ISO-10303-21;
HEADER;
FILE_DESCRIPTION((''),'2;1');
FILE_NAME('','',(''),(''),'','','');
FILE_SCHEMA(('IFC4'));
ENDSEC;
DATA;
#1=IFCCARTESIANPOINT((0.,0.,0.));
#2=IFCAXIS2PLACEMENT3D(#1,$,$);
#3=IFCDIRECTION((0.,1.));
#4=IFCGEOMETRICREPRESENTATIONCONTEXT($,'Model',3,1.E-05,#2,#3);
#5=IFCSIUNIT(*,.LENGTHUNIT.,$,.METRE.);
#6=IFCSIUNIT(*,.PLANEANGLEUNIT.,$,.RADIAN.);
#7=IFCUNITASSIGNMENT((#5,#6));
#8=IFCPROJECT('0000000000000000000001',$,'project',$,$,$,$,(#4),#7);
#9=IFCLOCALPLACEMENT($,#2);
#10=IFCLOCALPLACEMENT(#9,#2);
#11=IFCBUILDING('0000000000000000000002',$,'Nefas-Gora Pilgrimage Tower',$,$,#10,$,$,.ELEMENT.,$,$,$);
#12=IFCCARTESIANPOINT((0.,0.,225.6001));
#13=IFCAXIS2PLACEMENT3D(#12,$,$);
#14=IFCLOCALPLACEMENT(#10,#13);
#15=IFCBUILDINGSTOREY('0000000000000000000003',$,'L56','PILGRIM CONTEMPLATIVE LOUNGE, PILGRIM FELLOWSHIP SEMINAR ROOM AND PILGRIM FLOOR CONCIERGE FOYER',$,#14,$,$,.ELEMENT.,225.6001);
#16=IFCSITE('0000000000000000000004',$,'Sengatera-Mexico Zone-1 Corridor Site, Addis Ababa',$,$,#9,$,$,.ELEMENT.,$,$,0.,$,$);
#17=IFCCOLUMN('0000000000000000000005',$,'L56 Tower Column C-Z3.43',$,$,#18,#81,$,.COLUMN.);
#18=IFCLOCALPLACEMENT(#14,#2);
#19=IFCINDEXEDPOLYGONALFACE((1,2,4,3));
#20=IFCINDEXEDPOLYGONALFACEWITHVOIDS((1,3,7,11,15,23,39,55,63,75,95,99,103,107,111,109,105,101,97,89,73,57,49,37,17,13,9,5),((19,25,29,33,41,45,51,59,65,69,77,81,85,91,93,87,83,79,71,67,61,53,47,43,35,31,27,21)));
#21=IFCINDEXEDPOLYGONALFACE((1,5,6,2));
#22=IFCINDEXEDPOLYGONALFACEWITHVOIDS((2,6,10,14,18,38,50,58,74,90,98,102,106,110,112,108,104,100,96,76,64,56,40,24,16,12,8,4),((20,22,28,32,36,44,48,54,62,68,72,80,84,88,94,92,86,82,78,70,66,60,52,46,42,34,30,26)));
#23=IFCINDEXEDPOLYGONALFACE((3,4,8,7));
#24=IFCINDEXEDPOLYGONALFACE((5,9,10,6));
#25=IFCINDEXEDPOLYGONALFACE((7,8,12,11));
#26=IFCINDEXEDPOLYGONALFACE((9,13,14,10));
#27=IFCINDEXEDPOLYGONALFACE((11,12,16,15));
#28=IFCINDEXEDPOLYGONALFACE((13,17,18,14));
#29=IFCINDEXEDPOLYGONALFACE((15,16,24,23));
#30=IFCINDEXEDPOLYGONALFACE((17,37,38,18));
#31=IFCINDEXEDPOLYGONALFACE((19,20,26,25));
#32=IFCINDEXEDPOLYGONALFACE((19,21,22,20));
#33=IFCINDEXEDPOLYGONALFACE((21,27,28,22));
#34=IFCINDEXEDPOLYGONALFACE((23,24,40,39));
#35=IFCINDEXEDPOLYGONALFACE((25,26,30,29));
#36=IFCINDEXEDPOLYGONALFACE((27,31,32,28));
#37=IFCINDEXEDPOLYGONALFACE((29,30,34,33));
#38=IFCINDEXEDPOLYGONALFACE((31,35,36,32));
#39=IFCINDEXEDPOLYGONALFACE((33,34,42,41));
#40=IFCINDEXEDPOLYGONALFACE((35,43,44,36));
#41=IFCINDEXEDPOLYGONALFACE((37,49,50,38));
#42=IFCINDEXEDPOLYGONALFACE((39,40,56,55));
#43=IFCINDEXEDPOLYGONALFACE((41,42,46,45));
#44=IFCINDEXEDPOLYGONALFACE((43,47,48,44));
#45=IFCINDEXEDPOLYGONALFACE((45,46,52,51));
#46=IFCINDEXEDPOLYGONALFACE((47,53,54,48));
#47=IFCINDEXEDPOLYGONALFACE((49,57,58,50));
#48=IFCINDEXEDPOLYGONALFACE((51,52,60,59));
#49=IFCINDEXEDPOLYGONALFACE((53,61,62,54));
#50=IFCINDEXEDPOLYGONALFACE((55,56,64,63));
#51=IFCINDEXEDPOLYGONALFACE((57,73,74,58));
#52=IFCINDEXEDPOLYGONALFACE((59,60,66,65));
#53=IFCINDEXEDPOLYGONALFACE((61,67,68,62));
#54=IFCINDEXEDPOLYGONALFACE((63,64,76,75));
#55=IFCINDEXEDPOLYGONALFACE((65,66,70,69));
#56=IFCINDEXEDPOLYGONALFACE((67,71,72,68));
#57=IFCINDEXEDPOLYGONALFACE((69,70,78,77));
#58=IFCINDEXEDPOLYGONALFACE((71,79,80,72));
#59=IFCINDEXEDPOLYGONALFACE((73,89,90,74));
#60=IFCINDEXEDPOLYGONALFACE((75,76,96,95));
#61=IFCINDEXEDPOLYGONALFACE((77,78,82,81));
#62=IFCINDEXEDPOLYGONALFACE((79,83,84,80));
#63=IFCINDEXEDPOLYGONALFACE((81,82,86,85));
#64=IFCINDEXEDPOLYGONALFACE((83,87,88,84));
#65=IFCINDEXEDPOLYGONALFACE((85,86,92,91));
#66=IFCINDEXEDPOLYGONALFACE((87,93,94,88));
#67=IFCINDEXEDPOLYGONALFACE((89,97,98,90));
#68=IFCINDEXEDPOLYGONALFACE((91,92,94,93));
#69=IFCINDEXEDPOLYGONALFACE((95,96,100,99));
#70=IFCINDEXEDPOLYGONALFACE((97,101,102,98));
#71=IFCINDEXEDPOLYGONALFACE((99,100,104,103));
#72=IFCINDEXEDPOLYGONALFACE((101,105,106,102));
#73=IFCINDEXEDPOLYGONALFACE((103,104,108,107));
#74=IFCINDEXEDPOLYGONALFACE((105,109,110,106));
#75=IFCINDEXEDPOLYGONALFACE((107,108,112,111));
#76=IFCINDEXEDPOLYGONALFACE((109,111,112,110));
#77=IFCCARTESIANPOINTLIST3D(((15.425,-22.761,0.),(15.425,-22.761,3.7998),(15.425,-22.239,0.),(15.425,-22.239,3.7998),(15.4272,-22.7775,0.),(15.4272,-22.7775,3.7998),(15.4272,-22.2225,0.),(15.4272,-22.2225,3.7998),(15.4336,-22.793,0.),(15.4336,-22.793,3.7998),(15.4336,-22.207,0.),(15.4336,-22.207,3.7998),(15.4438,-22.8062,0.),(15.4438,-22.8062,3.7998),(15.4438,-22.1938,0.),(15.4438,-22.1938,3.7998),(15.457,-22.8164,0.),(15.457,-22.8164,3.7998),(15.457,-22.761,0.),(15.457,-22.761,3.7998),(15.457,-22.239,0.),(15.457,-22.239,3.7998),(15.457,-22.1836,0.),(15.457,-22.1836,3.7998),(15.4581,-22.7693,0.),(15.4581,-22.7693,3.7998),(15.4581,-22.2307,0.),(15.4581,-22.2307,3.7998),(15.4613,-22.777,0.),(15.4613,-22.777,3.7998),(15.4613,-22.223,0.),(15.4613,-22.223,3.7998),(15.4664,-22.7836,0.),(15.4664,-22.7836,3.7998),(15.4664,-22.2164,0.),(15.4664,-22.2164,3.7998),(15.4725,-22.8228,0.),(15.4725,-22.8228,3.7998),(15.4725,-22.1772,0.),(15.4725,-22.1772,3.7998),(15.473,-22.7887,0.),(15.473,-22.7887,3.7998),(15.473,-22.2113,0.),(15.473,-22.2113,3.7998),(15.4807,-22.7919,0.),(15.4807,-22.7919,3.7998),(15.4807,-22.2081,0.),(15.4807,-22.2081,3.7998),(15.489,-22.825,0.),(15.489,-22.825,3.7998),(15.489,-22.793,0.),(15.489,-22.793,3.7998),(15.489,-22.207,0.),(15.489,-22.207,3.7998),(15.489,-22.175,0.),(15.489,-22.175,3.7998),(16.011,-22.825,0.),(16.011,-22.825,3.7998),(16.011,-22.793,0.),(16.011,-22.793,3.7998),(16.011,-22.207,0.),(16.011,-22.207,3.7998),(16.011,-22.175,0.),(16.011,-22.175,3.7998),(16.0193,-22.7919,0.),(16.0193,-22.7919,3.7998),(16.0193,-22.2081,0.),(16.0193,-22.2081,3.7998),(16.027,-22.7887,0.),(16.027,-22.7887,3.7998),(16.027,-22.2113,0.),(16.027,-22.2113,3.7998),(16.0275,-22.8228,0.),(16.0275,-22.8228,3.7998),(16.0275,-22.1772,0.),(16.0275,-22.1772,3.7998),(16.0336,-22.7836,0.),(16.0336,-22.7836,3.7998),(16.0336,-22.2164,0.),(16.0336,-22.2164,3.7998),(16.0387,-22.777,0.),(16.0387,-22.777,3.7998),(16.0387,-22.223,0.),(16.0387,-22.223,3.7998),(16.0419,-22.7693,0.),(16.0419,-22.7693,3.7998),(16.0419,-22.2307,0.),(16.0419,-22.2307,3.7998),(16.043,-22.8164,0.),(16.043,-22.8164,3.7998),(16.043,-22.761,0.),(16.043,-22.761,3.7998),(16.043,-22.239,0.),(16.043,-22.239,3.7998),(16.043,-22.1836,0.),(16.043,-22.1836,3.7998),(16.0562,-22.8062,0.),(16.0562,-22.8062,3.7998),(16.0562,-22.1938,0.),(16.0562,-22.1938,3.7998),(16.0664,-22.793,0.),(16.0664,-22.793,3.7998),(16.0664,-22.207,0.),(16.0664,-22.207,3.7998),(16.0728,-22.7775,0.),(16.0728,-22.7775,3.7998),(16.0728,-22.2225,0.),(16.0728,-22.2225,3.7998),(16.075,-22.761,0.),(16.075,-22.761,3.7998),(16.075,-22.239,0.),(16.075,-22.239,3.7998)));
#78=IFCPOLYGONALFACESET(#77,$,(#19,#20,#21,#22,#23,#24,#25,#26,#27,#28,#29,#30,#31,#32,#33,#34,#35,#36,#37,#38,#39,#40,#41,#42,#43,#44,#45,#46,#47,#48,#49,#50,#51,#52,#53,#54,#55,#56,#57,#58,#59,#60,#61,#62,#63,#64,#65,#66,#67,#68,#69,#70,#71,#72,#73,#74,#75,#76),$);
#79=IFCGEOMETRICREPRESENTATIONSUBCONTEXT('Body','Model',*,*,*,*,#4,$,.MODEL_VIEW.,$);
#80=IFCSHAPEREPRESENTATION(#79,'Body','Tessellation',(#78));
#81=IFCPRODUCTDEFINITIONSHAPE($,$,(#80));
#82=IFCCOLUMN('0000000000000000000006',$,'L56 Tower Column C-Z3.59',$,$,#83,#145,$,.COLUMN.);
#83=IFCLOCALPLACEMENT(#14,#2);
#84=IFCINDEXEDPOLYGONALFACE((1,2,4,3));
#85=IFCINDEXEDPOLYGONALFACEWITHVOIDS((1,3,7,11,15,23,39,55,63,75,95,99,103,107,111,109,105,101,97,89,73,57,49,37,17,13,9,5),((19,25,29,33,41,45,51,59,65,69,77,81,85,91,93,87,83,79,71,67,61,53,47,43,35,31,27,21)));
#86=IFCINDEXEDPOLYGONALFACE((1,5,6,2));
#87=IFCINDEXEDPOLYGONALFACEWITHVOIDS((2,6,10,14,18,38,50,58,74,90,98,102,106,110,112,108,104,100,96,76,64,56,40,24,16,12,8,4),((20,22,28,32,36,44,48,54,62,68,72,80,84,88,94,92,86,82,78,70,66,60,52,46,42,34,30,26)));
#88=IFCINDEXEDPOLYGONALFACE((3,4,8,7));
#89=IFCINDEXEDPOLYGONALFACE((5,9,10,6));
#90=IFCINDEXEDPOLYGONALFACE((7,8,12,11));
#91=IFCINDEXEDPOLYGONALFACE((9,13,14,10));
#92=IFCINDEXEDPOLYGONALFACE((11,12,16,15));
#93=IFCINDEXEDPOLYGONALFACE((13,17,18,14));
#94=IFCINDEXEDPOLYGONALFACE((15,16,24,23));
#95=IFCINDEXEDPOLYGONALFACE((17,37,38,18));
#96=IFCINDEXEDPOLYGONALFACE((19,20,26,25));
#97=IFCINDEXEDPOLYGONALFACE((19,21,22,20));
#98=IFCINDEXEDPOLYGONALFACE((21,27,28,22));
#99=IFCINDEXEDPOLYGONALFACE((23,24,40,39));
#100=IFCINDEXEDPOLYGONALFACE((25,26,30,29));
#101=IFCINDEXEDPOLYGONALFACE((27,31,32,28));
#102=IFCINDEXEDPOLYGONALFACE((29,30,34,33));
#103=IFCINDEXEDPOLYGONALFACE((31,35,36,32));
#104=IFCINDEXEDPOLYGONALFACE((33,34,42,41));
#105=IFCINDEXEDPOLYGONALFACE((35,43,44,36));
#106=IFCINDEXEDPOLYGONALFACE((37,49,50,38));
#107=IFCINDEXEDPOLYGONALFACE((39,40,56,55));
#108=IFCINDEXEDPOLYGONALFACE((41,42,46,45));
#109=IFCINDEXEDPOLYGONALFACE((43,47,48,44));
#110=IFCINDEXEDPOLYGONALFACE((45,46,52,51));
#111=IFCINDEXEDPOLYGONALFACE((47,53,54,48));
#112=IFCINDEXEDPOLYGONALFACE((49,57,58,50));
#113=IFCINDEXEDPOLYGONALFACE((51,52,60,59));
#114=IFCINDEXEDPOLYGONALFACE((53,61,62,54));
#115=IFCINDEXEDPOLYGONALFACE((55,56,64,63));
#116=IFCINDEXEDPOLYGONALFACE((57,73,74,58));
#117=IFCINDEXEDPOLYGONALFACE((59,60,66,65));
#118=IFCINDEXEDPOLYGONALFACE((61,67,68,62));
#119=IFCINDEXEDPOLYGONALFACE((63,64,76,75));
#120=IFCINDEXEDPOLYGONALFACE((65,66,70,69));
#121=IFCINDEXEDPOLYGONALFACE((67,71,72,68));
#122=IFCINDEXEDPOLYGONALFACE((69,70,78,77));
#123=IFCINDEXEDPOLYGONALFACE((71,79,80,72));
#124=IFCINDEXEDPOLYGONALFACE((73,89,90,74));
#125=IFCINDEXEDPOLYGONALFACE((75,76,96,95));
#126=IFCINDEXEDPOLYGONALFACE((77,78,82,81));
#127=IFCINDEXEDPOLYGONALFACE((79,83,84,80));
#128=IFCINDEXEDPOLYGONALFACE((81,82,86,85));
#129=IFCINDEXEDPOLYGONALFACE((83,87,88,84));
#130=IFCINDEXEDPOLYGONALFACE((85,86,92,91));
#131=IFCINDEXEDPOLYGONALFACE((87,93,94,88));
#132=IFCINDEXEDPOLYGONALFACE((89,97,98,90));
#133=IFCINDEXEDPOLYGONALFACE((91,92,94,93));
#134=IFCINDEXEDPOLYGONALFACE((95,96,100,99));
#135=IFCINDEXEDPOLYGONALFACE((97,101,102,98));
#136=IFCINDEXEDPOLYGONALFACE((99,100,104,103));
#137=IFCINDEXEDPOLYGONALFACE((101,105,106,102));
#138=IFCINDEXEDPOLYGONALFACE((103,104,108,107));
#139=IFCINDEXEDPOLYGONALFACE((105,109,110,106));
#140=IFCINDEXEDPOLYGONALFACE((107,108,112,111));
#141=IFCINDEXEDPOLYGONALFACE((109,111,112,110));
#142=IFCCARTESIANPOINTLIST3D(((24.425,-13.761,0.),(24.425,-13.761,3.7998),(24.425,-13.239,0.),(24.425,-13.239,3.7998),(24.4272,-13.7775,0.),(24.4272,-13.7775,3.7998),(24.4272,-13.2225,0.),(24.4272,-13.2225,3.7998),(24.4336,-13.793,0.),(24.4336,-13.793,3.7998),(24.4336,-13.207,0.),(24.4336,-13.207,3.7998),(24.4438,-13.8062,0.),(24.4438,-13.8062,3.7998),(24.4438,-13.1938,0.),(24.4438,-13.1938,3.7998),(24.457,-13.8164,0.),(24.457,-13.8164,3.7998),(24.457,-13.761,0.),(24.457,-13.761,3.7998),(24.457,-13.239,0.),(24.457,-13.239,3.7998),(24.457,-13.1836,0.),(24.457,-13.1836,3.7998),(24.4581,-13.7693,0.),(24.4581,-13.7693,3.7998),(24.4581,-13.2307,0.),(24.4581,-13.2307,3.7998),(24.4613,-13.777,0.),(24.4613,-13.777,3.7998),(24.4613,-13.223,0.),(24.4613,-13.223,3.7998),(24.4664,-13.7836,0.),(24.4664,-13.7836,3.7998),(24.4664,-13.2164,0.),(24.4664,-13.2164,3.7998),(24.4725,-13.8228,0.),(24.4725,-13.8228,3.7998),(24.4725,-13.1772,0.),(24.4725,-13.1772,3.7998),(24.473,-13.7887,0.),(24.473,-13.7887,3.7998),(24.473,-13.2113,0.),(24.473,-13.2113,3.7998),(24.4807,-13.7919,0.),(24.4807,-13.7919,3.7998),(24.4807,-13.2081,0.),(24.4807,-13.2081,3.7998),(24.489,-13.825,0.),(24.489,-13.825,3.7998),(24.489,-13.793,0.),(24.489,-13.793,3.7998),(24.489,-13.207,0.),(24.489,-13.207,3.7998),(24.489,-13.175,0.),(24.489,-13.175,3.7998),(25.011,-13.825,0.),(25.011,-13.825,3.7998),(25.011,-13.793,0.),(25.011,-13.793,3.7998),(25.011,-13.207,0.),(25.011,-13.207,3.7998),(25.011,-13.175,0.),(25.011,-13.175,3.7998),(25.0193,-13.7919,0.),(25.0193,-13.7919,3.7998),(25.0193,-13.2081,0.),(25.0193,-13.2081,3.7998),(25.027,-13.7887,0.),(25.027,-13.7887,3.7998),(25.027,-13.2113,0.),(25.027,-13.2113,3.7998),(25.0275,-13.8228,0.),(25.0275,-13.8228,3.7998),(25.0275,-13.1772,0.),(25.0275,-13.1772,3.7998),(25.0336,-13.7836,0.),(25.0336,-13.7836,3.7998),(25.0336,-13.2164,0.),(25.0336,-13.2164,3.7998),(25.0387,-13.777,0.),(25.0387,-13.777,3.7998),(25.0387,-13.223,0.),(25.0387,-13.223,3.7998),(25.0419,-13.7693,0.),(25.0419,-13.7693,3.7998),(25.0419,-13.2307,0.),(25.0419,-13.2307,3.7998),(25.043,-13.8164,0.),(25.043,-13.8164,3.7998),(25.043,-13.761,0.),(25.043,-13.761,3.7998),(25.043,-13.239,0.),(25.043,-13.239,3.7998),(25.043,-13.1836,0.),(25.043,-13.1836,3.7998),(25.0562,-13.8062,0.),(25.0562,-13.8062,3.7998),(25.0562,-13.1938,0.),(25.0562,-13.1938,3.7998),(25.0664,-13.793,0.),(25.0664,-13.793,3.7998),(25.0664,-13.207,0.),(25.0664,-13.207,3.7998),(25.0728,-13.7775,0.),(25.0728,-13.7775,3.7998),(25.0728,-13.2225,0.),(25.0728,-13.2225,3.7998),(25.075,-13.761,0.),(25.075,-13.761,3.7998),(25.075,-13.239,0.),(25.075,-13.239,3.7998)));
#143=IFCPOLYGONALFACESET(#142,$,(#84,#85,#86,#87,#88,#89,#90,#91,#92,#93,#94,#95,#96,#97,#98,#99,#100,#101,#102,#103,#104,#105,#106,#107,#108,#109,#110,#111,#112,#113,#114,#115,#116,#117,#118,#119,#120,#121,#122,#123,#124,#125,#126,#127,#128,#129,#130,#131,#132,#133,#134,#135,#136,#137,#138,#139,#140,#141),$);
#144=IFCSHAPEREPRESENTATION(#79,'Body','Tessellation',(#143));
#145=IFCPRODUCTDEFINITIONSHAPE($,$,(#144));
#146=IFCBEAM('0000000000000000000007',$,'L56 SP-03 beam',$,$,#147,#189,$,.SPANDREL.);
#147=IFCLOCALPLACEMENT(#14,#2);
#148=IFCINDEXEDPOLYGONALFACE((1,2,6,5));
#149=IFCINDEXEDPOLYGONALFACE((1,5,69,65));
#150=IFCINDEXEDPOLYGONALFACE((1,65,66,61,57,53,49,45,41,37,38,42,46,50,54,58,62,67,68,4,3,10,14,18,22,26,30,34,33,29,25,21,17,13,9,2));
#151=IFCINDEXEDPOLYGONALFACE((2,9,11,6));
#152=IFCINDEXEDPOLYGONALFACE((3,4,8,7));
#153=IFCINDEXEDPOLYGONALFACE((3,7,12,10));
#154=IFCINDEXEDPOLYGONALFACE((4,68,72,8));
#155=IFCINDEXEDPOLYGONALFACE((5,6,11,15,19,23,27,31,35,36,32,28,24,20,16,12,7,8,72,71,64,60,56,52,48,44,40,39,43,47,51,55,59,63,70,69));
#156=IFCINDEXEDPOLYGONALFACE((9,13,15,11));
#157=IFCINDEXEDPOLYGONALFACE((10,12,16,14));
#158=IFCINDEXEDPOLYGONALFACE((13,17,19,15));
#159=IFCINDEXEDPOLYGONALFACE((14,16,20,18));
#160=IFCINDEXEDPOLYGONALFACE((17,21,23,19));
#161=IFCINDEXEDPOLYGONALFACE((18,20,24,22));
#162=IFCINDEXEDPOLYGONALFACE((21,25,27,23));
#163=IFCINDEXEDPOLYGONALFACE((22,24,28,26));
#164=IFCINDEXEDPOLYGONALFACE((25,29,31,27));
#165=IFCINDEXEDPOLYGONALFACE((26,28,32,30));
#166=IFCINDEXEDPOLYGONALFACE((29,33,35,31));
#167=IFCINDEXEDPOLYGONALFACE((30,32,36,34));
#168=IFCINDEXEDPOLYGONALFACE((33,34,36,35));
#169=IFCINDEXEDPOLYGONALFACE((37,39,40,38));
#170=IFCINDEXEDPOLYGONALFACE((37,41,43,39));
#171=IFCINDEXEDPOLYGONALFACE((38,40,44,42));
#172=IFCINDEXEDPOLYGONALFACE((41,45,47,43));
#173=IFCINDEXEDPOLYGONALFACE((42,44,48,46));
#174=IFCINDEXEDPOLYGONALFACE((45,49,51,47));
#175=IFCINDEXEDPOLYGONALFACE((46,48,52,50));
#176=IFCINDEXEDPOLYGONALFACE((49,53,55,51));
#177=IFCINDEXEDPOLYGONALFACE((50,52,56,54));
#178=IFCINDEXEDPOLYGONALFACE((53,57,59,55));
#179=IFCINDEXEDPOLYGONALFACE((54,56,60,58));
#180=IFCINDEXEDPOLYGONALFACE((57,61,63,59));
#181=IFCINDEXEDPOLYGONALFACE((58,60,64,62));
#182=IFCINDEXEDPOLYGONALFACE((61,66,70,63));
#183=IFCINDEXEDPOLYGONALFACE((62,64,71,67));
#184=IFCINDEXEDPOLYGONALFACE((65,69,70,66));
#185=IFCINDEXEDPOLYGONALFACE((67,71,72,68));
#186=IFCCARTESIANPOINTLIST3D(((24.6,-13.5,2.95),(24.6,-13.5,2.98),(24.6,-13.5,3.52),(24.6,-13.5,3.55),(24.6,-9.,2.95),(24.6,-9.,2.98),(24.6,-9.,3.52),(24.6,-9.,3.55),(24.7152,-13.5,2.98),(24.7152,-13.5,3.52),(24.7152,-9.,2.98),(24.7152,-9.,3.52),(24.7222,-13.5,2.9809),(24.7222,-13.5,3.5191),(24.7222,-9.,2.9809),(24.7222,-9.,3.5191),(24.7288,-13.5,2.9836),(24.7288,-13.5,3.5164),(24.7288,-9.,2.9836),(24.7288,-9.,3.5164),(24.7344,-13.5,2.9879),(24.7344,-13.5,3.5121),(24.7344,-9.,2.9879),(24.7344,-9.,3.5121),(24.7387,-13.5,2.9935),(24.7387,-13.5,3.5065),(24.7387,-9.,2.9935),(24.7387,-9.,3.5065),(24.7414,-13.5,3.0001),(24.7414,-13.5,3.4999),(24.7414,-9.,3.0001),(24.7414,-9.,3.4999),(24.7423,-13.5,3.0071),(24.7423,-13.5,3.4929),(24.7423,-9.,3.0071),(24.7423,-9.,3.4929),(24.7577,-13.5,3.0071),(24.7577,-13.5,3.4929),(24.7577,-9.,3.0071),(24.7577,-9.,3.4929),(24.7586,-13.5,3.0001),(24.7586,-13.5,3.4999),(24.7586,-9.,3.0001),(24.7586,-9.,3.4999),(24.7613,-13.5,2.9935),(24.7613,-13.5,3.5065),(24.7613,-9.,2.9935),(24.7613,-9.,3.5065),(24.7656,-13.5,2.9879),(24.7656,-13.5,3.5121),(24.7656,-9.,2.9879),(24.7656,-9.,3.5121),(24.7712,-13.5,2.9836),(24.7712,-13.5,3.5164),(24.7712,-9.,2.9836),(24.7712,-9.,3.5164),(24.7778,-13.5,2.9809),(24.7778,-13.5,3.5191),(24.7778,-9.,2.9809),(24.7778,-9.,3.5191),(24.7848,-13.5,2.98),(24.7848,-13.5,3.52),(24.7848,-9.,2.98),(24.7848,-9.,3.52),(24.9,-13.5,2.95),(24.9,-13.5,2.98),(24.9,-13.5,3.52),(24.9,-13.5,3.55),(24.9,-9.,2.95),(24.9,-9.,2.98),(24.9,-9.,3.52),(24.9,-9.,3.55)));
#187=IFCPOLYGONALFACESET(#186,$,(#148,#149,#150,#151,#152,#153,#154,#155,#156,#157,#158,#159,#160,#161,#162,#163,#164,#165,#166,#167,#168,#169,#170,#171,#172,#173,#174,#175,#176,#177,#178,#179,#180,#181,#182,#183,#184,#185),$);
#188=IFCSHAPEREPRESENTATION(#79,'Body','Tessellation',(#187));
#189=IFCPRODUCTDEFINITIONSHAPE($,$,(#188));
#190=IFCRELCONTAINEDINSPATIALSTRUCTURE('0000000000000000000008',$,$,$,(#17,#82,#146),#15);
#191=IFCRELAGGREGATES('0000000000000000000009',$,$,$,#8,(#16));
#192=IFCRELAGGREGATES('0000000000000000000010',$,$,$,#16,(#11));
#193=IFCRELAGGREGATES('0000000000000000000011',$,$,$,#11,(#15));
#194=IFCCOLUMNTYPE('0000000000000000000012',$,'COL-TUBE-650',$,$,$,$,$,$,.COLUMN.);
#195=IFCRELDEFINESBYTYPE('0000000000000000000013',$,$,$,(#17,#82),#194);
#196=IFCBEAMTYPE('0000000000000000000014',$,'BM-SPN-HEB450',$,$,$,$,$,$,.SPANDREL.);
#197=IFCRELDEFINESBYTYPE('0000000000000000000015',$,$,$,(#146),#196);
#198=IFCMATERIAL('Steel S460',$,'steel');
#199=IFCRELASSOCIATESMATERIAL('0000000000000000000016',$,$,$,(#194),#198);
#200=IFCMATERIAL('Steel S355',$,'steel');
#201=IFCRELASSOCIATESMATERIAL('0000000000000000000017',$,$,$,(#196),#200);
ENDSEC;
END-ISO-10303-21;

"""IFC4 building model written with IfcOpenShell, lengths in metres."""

from ifc_helpers import new_model, si_unit, direction, frame, origin, origin_2d, place, context, subcontext, project, spatial, hollow_rectangle, i_section, extrude, source, transform, mapped, material, material_profile, profile_set, type_object, element, save


model = new_model("IFC4")

# Units and contexts
model_context = context("Model", 3, precision=1e-05, world=origin(), true_north=direction((0.0, 1.0)))
body_context = subcontext(model_context, "Body", "Model", "MODEL_VIEW")
ifc_project = project(units=[si_unit("LENGTHUNIT", "METRE"), si_unit("PLANEANGLEUNIT", "RADIAN")], contexts=[model_context])

# Site, building, storey
site_placement = place(None, origin())
site = spatial("IfcSite", under=ifc_project, at=site_placement, Name="Sengatera-Mexico Zone-1 Corridor Site, Addis Ababa", CompositionType="ELEMENT", RefElevation=0.0)
building_placement = place(site_placement, origin())
building = spatial("IfcBuilding", under=site, at=building_placement, Name="Nefas-Gora Pilgrimage Tower", CompositionType="ELEMENT")
storey_placement = place(building_placement, frame((0.0, 0.0, 225.6001)))
storey = spatial("IfcBuildingStorey", under=building, at=storey_placement, Name="L56", Description="PILGRIM CONTEMPLATIVE LOUNGE, PILGRIM FELLOWSHIP SEMINAR ROOM AND PILGRIM FLOOR CONCIERGE FOYER", CompositionType="ELEMENT", Elevation=225.6001)

# Columns
ifc_material_1 = material(Name="Steel S460", Category="steel")
ifc_material_profile_1 = material_profile(ifc_material_1, hollow_rectangle(XDim=0.6499, YDim=0.6499, WallThickness=0.032, InnerFilletRadius=0.032, OuterFilletRadius=0.064, at=origin_2d()), Name="BOX 650x650x32")
ifc_profile_set_1 = profile_set([ifc_material_profile_1], Name="Steel S460")
column_type_1 = type_object("IfcColumnType", Name="COL-TUBE-650", PredefinedType="COLUMN", material=ifc_profile_set_1)
shared_shape_1 = source(origin(), body_context, "Body", "SweptSolid", [
    extrude(hollow_rectangle(XDim=0.6499, YDim=0.6499, WallThickness=0.032, InnerFilletRadius=0.032, OuterFilletRadius=0.064, at=origin_2d()), origin(), (0.0, 0.0, 1.0), 3.7998),
])
for number, where, z_axis, x_axis, name in (
    (1, (15.75, -22.5, 0.0), (0.0, 0.0, 1.0), (1.0, 0.0, 0.0), "L56 Tower Column C-Z3.43"),
    (2, (24.75, -13.5, 0.0), (0.0, 0.0, 1.0), (1.0, 0.0, 0.0), "L56 Tower Column C-Z3.59"),
):
    element("IfcColumn", number, at=place(storey_placement, frame(where, z_axis=z_axis, x_axis=x_axis)), inside=storey, type_object=column_type_1, Name=name, PredefinedType="COLUMN", context=body_context, shape_type="MappedRepresentation", body=[
        mapped(shared_shape_1, transform((0.0, 0.0, 0.0), x_axis=(1.0, 0.0, 0.0), y_axis=(0.0, 1.0, 0.0), z_axis=(0.0, 0.0, 1.0), scale=1.0)),
    ])

# Beam
ifc_material_2 = material(Name="Steel S355", Category="steel")
ifc_material_profile_2 = material_profile(ifc_material_2, i_section(OverallWidth=0.3, OverallDepth=0.6001, WebThickness=0.0154, FlangeThickness=0.03, FilletRadius=0.0271, at=origin_2d()), Name="HEB 600")
ifc_profile_set_2 = profile_set([ifc_material_profile_2], Name="Steel S355")
beam_type_1 = type_object("IfcBeamType", Name="BM-SPN-HEB450", PredefinedType="SPANDREL", material=ifc_profile_set_2)
shared_shape_2 = source(origin(), body_context, "Body", "SweptSolid", [
    extrude(i_section(OverallWidth=0.3, OverallDepth=0.6001, WebThickness=0.0154, FlangeThickness=0.03, FilletRadius=0.0271, at=origin_2d()), origin(), (0.0, 0.0, 1.0), 4.5),
])
beam_1_placement = place(storey_placement, frame((24.75, -13.5, 3.25), z_axis=(0.0, 1.0, 0.0), x_axis=(-1.0, 0.0, 0.0)))
element("IfcBeam", 3, at=beam_1_placement, inside=storey, type_object=beam_type_1, Name="L56 SP-03 beam", PredefinedType="SPANDREL", context=body_context, shape_type="MappedRepresentation", body=[
    mapped(shared_shape_2, transform((0.0, 0.0, 0.0), x_axis=(1.0, 0.0, 0.0), y_axis=(0.0, 1.0, 0.0), z_axis=(0.0, 0.0, 1.0), scale=1.0)),
])

save(model, "model.ifc")
